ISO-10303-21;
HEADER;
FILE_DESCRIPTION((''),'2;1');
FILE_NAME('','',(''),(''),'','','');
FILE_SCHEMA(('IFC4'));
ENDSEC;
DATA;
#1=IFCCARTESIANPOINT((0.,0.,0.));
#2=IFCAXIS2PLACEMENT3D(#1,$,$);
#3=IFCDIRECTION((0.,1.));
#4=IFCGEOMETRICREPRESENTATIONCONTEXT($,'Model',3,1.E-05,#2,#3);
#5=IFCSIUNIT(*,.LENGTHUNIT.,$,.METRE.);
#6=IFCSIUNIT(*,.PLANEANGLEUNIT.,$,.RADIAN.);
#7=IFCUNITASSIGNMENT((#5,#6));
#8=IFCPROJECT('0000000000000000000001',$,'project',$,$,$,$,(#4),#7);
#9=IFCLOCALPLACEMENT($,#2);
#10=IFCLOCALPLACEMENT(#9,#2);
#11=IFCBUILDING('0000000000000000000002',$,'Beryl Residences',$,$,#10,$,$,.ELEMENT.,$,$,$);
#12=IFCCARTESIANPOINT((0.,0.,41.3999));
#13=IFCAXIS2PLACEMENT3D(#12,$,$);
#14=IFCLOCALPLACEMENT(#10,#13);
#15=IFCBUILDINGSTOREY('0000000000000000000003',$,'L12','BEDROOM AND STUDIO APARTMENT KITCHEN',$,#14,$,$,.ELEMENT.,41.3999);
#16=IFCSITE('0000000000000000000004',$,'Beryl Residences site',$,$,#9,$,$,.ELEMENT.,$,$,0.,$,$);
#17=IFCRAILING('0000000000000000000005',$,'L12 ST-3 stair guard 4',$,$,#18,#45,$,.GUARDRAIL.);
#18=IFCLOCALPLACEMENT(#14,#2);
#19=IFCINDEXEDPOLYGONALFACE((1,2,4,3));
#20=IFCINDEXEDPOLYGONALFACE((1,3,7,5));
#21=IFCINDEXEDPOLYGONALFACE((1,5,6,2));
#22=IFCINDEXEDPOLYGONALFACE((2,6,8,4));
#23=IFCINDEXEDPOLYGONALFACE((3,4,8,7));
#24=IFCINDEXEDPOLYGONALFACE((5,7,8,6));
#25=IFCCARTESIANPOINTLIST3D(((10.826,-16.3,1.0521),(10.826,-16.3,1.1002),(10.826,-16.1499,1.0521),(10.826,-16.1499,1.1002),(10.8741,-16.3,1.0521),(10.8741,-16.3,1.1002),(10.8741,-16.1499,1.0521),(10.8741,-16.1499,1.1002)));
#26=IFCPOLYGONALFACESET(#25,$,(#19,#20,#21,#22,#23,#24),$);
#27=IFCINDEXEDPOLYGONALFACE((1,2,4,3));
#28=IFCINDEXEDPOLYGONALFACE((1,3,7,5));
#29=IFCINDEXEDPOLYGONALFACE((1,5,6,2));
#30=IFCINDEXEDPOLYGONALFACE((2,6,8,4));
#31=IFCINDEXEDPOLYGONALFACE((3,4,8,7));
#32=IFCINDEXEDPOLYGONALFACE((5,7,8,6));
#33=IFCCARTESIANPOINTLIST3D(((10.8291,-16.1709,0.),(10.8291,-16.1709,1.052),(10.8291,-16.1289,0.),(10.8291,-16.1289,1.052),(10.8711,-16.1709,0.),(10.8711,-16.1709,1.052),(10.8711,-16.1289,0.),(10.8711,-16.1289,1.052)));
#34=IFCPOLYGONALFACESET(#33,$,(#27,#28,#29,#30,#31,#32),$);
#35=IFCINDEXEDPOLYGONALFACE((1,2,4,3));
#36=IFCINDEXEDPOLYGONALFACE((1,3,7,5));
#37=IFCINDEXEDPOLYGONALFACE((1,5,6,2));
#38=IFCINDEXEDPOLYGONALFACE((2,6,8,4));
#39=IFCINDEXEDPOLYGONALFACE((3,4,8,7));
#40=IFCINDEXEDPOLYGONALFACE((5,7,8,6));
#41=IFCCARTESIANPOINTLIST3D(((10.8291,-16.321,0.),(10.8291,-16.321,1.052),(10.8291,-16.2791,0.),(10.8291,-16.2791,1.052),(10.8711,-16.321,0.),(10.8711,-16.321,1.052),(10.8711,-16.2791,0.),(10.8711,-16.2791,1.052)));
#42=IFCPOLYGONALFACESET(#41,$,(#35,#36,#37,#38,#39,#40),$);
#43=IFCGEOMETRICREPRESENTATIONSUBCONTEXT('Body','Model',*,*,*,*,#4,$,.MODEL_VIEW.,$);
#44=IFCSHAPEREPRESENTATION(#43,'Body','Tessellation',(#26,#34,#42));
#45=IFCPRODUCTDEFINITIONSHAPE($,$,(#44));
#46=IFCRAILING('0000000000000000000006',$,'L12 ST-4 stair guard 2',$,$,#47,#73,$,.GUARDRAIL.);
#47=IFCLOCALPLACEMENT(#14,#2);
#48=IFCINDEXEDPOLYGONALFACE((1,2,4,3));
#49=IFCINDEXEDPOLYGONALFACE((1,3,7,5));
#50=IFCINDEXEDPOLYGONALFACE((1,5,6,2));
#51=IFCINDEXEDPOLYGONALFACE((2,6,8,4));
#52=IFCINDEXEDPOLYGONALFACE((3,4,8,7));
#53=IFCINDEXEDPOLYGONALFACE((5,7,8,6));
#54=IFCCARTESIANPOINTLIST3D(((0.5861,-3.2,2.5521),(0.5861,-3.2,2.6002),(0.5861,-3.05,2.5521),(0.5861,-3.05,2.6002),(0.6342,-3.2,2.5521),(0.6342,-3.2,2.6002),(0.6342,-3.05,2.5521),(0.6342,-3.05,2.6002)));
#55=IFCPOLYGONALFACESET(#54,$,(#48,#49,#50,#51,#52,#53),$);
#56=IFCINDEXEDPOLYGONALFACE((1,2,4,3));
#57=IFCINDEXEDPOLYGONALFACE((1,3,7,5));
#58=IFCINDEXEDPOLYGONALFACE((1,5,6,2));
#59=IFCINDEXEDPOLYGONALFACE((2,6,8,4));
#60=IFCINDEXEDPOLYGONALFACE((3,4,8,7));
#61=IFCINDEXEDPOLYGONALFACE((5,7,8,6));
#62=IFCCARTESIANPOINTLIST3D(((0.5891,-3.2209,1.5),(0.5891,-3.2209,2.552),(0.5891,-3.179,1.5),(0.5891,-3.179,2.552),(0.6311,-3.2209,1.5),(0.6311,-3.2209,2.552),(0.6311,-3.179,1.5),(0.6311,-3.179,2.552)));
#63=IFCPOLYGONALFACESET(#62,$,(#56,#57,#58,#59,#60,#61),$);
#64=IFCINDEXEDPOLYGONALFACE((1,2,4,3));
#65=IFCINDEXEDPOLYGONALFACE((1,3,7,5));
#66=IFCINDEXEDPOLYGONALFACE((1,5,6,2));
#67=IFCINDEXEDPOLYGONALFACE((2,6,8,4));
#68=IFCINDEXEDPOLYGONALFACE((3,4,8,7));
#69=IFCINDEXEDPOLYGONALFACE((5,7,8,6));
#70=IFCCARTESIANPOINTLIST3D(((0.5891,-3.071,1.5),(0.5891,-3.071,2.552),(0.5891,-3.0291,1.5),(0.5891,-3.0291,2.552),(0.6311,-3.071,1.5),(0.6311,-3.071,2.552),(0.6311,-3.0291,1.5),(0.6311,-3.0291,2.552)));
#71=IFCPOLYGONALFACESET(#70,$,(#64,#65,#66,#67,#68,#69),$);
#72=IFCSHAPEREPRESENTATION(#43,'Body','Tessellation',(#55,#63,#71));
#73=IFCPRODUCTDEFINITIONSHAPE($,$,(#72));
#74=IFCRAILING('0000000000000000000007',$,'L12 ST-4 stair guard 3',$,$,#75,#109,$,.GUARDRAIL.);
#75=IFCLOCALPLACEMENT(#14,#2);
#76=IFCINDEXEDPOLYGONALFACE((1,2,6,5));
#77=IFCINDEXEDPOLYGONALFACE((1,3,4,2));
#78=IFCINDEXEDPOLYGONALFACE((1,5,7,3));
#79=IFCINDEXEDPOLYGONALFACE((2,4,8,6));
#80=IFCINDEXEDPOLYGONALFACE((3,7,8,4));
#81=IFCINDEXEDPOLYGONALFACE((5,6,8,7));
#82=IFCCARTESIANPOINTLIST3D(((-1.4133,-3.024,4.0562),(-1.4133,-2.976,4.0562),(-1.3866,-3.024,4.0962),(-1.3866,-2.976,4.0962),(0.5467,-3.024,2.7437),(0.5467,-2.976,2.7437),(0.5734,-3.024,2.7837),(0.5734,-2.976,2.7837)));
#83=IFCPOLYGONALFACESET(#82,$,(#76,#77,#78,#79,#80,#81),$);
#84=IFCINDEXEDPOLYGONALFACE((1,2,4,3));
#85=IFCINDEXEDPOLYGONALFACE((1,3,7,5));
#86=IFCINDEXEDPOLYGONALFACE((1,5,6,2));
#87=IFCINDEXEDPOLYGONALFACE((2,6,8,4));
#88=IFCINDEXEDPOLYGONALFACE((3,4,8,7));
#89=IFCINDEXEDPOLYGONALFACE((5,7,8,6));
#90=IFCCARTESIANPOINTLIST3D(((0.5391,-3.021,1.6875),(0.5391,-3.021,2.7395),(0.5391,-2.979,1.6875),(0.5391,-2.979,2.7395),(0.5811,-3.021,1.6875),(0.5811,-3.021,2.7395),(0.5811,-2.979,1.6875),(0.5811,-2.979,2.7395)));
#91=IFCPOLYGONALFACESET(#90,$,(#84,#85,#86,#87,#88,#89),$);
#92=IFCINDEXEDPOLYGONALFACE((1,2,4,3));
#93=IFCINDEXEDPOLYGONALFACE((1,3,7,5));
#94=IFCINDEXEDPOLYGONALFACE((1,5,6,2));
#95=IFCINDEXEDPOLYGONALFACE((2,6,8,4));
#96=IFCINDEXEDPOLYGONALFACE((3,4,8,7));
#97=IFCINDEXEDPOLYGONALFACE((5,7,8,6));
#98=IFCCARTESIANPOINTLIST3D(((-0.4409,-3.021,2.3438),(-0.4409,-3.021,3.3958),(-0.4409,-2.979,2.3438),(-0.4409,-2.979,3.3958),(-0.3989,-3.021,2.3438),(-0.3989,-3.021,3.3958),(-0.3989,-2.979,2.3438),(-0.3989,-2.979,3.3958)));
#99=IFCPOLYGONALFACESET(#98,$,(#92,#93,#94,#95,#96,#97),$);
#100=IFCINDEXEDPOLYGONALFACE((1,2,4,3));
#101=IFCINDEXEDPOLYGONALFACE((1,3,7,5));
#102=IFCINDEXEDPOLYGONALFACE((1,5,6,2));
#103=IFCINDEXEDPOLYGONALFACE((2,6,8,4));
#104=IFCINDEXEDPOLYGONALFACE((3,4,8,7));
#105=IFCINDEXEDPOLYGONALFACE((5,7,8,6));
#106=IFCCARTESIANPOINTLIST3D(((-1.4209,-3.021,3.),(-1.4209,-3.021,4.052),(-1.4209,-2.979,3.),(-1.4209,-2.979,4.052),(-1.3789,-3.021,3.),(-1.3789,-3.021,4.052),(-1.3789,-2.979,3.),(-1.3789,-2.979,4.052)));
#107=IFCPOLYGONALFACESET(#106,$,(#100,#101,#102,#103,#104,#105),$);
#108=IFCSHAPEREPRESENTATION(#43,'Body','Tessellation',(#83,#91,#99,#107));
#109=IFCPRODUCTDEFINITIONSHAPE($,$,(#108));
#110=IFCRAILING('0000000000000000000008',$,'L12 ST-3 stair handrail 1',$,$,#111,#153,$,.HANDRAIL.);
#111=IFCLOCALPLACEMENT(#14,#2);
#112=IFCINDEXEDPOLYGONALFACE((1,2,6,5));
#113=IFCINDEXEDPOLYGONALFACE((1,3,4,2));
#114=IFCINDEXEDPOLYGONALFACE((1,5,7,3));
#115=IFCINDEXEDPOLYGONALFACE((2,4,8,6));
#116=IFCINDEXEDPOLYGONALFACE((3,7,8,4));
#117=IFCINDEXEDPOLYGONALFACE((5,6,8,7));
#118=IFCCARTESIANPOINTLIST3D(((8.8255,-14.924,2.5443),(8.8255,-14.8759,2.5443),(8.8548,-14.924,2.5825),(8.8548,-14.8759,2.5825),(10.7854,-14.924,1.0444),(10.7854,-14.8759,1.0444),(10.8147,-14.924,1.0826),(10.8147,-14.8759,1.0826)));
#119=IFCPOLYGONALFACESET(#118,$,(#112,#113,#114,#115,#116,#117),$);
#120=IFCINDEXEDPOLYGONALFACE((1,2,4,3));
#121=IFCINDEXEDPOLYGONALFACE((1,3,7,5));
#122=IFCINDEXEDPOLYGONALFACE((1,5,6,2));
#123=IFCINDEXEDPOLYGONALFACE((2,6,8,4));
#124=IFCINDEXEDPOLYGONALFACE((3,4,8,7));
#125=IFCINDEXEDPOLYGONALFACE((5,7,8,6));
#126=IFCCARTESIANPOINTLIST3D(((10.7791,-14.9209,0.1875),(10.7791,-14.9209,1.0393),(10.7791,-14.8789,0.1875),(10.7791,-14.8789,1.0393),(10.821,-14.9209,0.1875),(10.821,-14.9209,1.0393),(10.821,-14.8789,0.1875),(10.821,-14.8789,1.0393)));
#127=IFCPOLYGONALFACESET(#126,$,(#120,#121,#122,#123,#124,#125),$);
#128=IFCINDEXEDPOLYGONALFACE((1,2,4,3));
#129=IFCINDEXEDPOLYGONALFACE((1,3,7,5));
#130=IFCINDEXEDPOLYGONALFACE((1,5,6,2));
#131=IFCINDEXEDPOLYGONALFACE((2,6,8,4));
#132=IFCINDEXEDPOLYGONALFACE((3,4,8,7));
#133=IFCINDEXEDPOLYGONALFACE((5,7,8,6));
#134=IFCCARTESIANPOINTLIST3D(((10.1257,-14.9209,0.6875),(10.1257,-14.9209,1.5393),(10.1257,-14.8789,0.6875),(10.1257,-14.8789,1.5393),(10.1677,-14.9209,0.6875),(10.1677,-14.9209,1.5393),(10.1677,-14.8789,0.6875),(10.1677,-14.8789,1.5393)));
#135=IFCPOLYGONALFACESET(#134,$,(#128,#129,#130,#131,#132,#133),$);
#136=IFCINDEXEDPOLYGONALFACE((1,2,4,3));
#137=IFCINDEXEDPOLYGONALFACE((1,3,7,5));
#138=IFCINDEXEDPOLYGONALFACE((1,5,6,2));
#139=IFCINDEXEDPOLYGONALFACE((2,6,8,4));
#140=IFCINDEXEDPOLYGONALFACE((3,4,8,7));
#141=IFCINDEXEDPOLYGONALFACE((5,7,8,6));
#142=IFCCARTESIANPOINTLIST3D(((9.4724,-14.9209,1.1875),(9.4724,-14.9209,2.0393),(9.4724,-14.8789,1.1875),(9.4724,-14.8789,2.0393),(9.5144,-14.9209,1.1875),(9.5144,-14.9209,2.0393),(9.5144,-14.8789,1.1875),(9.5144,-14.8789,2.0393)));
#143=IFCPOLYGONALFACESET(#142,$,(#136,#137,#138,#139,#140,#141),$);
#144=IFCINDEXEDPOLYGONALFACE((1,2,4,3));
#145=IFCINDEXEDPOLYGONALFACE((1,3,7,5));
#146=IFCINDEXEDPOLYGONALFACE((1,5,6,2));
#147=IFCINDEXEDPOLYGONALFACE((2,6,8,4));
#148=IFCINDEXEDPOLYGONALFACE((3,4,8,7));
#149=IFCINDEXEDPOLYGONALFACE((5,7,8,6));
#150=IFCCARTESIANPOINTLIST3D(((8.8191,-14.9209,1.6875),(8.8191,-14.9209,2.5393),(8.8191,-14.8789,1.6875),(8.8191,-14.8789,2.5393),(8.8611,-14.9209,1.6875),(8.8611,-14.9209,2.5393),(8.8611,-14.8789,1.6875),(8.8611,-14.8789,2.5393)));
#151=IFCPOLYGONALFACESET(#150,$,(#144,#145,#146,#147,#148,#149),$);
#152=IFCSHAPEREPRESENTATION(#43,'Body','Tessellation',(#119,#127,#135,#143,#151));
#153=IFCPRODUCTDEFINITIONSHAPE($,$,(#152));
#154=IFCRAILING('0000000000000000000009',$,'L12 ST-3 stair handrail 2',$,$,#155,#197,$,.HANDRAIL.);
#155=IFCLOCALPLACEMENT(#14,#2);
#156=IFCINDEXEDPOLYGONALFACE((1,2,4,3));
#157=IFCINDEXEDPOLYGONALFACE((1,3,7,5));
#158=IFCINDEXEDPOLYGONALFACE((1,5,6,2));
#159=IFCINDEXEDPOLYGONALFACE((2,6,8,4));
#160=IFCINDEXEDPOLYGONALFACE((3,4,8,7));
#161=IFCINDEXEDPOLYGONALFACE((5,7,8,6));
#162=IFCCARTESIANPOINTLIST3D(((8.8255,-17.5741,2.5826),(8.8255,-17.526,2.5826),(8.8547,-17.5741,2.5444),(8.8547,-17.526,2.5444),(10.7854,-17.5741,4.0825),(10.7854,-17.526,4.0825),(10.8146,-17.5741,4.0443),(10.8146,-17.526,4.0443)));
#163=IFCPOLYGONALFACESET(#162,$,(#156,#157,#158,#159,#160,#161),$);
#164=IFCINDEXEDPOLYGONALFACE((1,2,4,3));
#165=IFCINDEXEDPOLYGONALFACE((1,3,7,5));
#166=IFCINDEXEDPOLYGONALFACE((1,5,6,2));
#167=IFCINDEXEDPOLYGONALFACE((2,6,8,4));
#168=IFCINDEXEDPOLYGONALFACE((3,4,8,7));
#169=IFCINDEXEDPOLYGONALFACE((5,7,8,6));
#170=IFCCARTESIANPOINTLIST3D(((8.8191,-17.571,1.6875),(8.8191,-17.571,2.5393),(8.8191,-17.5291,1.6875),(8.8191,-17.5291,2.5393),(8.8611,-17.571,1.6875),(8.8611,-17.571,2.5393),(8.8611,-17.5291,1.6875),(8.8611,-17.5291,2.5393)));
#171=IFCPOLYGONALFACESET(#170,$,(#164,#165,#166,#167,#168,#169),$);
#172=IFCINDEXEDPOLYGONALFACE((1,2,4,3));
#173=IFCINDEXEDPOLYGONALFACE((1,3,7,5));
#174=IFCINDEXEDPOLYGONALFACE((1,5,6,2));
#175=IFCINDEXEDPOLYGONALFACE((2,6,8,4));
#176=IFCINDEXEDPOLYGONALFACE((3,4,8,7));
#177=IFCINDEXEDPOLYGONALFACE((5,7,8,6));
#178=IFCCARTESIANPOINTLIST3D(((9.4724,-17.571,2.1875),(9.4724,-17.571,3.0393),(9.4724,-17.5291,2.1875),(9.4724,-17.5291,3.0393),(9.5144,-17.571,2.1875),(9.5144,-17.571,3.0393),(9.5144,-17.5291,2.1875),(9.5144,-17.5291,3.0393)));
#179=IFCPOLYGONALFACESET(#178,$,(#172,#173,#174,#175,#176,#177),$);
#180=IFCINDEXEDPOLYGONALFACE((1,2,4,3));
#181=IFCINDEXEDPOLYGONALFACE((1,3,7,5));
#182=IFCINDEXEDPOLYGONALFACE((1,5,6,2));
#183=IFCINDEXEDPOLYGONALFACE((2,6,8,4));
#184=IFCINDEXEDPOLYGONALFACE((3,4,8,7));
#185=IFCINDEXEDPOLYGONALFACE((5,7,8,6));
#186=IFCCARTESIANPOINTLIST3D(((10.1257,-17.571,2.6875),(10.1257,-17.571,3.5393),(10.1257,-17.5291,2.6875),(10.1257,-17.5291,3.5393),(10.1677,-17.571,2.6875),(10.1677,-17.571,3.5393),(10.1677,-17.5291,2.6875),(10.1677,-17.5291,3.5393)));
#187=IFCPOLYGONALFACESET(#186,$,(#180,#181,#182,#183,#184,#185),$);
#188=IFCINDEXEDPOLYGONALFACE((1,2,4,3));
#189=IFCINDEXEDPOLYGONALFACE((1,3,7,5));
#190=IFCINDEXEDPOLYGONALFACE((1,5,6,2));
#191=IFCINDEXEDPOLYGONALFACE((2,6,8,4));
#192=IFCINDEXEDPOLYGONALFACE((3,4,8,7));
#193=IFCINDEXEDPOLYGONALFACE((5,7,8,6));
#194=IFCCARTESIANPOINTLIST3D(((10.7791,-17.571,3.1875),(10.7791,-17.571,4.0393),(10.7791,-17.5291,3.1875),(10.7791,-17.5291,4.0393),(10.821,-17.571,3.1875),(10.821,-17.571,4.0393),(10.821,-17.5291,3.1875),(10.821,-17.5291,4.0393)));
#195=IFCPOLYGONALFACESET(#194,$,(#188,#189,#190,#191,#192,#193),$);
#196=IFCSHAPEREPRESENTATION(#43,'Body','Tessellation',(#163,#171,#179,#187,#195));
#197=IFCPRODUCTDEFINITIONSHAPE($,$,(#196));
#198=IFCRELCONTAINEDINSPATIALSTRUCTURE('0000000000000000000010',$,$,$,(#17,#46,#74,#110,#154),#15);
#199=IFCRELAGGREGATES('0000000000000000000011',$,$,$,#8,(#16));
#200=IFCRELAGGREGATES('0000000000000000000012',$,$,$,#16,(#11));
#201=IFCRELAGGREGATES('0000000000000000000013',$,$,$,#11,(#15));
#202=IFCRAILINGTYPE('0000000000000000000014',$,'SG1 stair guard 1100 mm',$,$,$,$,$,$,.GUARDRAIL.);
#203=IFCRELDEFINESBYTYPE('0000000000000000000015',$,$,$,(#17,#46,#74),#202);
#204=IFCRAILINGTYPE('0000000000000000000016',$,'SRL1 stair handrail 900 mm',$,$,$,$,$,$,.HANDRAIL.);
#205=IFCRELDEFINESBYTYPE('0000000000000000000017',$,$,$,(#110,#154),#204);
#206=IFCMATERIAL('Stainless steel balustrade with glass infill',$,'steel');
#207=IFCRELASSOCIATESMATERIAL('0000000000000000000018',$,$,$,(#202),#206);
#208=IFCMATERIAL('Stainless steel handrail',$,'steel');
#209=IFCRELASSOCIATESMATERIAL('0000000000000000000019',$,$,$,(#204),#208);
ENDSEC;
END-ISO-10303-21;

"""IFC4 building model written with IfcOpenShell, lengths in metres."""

from ifc_helpers import new_model, si_unit, direction, frame, origin, origin_2d, place, context, subcontext, project, spatial, rectangle, extrude, material, type_object, element, save


model = new_model("IFC4")

# Units and contexts
model_context = context("Model", 3, precision=1e-05, world=origin(), true_north=direction((0.0, 1.0)))
body_context = subcontext(model_context, "Body", "Model", "MODEL_VIEW")
ifc_project = project(units=[si_unit("LENGTHUNIT", "METRE"), si_unit("PLANEANGLEUNIT", "RADIAN")], contexts=[model_context])

# Site, building, storey
site_placement = place(None, origin())
site = spatial("IfcSite", under=ifc_project, at=site_placement, Name="Beryl Residences site", CompositionType="ELEMENT", RefElevation=0.0)
building_placement = place(site_placement, origin())
building = spatial("IfcBuilding", under=site, at=building_placement, Name="Beryl Residences", CompositionType="ELEMENT")
storey_placement = place(building_placement, frame((0.0, 0.0, 41.3999)))
storey = spatial("IfcBuildingStorey", under=building, at=storey_placement, Name="L12", Description="BEDROOM AND STUDIO APARTMENT KITCHEN", CompositionType="ELEMENT", Elevation=41.3999)

# Railings
ifc_material_1 = material(Name="Stainless steel balustrade with glass infill", Category="steel")
railing_type_1 = type_object("IfcRailingType", Name="SG1 stair guard 1100 mm", PredefinedType="GUARDRAIL", material=ifc_material_1)
railing_1_placement = place(storey_placement, frame((10.8501, -16.1499, 0.0)))
element("IfcRailing", 1, at=railing_1_placement, inside=storey, type_object=railing_type_1, Name="L12 ST-3 stair guard 4", PredefinedType="GUARDRAIL", context=body_context, shape_type="SweptSolid", body=[
    extrude(rectangle(XDim=0.0481, YDim=0.0481, at=origin_2d()), frame((0.0, 0.0, 1.0762), z_axis=(0.0, -1.0, 0.0), x_axis=(1.0, 0.0, 0.0)), (0.0, 0.0, 1.0), 0.1501),
    extrude(rectangle(XDim=0.042, YDim=0.042, at=origin_2d()), origin(), (0.0, 0.0, 1.0), 1.052),
    extrude(rectangle(XDim=0.042, YDim=0.042, at=origin_2d()), frame((0.0, -0.1501, 0.0)), (0.0, 0.0, 1.0), 1.052),
])
railing_2_placement = place(storey_placement, frame((0.6101, -3.2, 1.5)))
element("IfcRailing", 2, at=railing_2_placement, inside=storey, type_object=railing_type_1, Name="L12 ST-4 stair guard 2", PredefinedType="GUARDRAIL", context=body_context, shape_type="SweptSolid", body=[
    extrude(rectangle(XDim=0.0481, YDim=0.0481, at=origin_2d()), frame((0.0, 0.0, 1.0762), z_axis=(0.0, 1.0, 0.0), x_axis=(-1.0, 0.0, 0.0)), (0.0, 0.0, 1.0), 0.1499),
    extrude(rectangle(XDim=0.042, YDim=0.042, at=origin_2d()), origin(), (0.0, 0.0, 1.0), 1.052),
    extrude(rectangle(XDim=0.042, YDim=0.042, at=origin_2d()), frame((0.0, 0.1499, 0.0)), (0.0, 0.0, 1.0), 1.052),
])
railing_3_placement = place(storey_placement, frame((0.5601, -3.0, 1.6875)))
element("IfcRailing", 3, at=railing_3_placement, inside=storey, type_object=railing_type_1, Name="L12 ST-4 stair guard 3", PredefinedType="GUARDRAIL", context=body_context, shape_type="SweptSolid", body=[
    extrude(rectangle(XDim=0.0481, YDim=0.0481, at=origin_2d()), frame((0.0, 0.0, 1.0762), z_axis=(-0.830902, 0.0, 0.556419), x_axis=(0.0, -1.0, 0.0)), (0.0, 0.0, 1.0), 2.3589),
    extrude(rectangle(XDim=0.042, YDim=0.042, at=origin_2d()), origin(), (0.0, 0.0, 1.0), 1.052),
    extrude(rectangle(XDim=0.042, YDim=0.042, at=origin_2d()), frame((-0.98, 0.0, 0.6562)), (0.0, 0.0, 1.0), 1.052),
    extrude(rectangle(XDim=0.042, YDim=0.042, at=origin_2d()), frame((-1.96, 0.0, 1.3125)), (0.0, 0.0, 1.0), 1.052),
])
ifc_material_2 = material(Name="Stainless steel handrail", Category="steel")
railing_type_2 = type_object("IfcRailingType", Name="SRL1 stair handrail 900 mm", PredefinedType="HANDRAIL", material=ifc_material_2)
railing_4_placement = place(storey_placement, frame((10.8, -14.8999, 0.1875)))
element("IfcRailing", 4, at=railing_4_placement, inside=storey, type_object=railing_type_2, Name="L12 ST-3 stair handrail 1", PredefinedType="HANDRAIL", context=body_context, shape_type="SweptSolid", body=[
    extrude(rectangle(XDim=0.0481, YDim=0.0481, at=origin_2d()), frame((0.0, 0.0, 0.876), z_axis=(-0.794122, 0.0, 0.607758), x_axis=(0.0, -1.0, 0.0)), (0.0, 0.0, 1.0), 2.468),
    extrude(rectangle(XDim=0.042, YDim=0.042, at=origin_2d()), origin(), (0.0, 0.0, 1.0), 0.8518),
    extrude(rectangle(XDim=0.042, YDim=0.042, at=origin_2d()), frame((-0.6533, 0.0, 0.5)), (0.0, 0.0, 1.0), 0.8518),
    extrude(rectangle(XDim=0.042, YDim=0.042, at=origin_2d()), frame((-1.3066, 0.0, 1.0)), (0.0, 0.0, 1.0), 0.8518),
    extrude(rectangle(XDim=0.042, YDim=0.042, at=origin_2d()), frame((-1.96, 0.0, 1.5)), (0.0, 0.0, 1.0), 0.8518),
])
railing_5_placement = place(storey_placement, frame((8.8401, -17.55, 1.6875)))
element("IfcRailing", 5, at=railing_5_placement, inside=storey, type_object=railing_type_2, Name="L12 ST-3 stair handrail 2", PredefinedType="HANDRAIL", context=body_context, shape_type="SweptSolid", body=[
    extrude(rectangle(XDim=0.0481, YDim=0.0481, at=origin_2d()), frame((0.0, 0.0, 0.876), z_axis=(0.794122, 0.0, 0.607758), x_axis=(0.0, 1.0, 0.0)), (0.0, 0.0, 1.0), 2.468),
    extrude(rectangle(XDim=0.042, YDim=0.042, at=origin_2d()), origin(), (0.0, 0.0, 1.0), 0.8518),
    extrude(rectangle(XDim=0.042, YDim=0.042, at=origin_2d()), frame((0.6533, 0.0, 0.5)), (0.0, 0.0, 1.0), 0.8518),
    extrude(rectangle(XDim=0.042, YDim=0.042, at=origin_2d()), frame((1.3066, 0.0, 1.0)), (0.0, 0.0, 1.0), 0.8518),
    extrude(rectangle(XDim=0.042, YDim=0.042, at=origin_2d()), frame((1.96, 0.0, 1.5)), (0.0, 0.0, 1.0), 0.8518),
])

save(model, "model.ifc")
